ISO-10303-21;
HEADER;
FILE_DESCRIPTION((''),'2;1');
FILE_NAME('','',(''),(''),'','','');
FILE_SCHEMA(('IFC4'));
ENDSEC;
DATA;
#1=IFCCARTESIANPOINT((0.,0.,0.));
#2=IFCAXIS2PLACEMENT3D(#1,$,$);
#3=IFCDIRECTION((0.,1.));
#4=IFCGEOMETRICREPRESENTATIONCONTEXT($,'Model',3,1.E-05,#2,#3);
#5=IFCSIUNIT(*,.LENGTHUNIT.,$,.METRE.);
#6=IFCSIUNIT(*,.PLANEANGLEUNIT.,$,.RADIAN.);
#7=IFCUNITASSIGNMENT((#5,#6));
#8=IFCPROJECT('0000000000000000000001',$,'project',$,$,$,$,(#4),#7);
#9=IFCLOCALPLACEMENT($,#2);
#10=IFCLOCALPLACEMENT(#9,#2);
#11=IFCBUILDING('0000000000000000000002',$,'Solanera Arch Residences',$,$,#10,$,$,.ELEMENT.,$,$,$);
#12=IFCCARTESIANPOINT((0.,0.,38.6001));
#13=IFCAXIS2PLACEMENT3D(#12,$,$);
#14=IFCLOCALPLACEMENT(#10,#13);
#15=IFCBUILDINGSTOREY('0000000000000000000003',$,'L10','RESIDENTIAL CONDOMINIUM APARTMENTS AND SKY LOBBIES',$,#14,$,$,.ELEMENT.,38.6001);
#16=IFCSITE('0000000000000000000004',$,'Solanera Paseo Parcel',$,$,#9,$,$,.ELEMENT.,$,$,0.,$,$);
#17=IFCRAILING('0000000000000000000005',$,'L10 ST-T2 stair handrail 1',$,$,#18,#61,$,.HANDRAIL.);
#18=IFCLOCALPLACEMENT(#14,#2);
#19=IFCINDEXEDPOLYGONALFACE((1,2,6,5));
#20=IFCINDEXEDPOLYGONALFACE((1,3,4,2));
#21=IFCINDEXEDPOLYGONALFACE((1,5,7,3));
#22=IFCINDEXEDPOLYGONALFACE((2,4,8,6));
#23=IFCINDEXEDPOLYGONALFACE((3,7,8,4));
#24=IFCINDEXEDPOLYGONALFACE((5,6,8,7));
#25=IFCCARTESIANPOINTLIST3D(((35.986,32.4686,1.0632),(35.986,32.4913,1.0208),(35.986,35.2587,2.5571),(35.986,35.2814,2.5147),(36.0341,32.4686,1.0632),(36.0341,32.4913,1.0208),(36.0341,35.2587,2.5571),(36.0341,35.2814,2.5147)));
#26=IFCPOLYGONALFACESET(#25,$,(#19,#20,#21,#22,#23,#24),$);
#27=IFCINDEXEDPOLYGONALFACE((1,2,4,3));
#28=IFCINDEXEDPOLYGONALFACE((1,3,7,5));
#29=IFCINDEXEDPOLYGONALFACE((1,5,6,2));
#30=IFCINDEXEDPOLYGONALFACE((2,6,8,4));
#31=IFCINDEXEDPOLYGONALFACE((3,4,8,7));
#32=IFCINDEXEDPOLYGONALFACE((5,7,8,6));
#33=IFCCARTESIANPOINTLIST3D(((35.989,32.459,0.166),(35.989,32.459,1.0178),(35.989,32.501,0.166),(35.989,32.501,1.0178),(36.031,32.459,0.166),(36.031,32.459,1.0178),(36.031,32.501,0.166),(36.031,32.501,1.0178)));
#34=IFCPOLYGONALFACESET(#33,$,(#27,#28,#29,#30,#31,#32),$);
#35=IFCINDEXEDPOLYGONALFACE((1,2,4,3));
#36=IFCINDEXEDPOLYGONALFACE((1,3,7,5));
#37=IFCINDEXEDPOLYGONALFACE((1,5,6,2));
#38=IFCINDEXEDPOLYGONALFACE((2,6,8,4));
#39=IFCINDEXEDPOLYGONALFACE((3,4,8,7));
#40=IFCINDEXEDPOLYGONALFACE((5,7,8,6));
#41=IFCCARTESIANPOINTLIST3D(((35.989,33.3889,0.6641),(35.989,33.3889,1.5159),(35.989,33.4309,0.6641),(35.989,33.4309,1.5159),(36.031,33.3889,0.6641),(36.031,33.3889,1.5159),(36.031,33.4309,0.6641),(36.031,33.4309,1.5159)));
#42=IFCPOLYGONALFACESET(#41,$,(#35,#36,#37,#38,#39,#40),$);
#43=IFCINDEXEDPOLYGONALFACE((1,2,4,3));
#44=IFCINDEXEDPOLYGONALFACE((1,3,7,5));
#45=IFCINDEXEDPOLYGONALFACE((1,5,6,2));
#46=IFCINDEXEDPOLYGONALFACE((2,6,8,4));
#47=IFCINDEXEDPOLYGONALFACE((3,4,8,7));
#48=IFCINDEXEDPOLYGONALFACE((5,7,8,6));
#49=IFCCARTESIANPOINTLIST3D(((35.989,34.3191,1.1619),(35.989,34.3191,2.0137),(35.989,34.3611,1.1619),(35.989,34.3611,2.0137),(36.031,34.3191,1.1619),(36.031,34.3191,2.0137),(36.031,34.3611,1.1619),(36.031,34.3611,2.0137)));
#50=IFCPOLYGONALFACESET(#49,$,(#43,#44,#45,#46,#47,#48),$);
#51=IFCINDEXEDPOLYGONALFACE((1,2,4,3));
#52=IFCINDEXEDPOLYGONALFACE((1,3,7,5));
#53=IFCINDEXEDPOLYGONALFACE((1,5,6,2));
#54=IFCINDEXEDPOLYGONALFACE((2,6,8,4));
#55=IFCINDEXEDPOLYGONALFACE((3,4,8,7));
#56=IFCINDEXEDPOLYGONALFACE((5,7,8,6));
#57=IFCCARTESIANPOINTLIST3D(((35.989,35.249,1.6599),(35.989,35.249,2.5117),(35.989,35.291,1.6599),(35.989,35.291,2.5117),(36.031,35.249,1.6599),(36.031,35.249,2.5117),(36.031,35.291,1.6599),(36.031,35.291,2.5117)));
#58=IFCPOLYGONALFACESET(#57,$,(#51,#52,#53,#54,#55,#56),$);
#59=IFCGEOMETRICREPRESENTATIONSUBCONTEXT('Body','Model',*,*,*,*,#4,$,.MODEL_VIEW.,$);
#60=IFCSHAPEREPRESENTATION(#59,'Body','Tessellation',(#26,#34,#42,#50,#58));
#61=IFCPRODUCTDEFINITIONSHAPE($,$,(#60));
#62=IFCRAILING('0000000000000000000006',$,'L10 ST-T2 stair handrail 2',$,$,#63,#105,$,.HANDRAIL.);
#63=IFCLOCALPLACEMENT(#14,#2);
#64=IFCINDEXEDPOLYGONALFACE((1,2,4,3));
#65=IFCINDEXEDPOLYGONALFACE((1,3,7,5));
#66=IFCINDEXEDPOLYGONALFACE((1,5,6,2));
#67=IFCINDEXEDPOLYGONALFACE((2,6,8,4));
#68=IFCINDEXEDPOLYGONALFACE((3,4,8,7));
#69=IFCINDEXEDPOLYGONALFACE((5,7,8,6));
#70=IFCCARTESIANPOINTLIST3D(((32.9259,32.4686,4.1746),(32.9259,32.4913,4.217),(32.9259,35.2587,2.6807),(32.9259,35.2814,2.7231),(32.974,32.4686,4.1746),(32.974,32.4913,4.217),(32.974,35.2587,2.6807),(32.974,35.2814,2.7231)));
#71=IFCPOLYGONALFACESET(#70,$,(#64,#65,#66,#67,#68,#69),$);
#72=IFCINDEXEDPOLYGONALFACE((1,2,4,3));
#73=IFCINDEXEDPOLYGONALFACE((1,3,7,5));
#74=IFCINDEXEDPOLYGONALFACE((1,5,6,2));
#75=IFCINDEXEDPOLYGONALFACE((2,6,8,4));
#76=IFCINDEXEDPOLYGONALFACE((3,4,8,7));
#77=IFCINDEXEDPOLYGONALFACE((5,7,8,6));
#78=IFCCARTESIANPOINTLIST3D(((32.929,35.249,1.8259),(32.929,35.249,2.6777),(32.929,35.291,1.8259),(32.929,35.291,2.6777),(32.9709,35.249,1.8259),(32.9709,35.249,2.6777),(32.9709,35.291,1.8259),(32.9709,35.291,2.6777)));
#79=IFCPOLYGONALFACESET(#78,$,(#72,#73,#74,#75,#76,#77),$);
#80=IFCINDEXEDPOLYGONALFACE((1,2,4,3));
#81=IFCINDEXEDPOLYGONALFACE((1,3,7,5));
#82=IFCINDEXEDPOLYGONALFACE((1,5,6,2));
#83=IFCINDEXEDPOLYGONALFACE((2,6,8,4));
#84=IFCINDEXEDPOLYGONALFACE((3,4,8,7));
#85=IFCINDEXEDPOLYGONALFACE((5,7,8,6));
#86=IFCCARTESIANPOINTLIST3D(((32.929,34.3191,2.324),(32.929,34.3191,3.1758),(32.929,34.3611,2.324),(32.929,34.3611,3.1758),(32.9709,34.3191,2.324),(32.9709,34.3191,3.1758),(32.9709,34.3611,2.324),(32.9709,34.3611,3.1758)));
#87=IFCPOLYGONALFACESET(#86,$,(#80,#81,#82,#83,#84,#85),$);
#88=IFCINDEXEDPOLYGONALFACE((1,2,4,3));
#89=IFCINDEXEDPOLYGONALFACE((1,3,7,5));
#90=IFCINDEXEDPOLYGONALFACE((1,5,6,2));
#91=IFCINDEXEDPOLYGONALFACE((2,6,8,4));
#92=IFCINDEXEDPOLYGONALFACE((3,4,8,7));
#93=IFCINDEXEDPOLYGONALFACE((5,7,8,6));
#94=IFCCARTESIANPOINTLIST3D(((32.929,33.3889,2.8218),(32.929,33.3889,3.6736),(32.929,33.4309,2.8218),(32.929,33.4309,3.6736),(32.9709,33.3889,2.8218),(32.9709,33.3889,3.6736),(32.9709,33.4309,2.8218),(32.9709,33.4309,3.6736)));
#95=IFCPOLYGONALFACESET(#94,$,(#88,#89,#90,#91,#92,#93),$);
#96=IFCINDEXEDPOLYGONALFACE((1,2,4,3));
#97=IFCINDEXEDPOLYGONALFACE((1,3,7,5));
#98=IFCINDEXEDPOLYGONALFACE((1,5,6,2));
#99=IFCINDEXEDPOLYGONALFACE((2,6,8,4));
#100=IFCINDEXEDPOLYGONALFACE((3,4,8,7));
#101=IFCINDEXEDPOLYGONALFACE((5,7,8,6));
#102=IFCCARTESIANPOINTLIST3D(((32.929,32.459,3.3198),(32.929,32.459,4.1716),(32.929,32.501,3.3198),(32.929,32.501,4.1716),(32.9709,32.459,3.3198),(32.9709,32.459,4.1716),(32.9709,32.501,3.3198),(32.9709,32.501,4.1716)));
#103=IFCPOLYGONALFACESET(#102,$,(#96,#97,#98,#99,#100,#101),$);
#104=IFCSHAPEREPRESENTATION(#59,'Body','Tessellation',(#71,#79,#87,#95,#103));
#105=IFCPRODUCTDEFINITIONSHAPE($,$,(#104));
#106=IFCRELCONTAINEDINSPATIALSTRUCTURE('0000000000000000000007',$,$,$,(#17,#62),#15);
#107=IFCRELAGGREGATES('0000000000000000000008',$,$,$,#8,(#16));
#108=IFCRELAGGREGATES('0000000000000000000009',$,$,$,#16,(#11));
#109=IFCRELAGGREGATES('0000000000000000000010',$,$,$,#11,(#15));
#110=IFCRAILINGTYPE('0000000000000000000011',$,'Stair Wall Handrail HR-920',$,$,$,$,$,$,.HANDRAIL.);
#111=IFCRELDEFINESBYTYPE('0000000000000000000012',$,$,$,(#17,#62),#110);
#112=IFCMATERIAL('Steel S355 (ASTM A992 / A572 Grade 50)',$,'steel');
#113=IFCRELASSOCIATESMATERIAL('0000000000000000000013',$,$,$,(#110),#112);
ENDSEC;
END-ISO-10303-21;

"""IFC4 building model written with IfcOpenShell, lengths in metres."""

from ifc_helpers import new_model, si_unit, direction, frame, origin, origin_2d, place, context, subcontext, project, spatial, rectangle, extrude, material, type_object, element, save


model = new_model("IFC4")

# Units and contexts
model_context = context("Model", 3, precision=1e-05, world=origin(), true_north=direction((0.0, 1.0)))
body_context = subcontext(model_context, "Body", "Model", "MODEL_VIEW")
ifc_project = project(units=[si_unit("LENGTHUNIT", "METRE"), si_unit("PLANEANGLEUNIT", "RADIAN")], contexts=[model_context])

# Site, building, storey
site_placement = place(None, origin())
site = spatial("IfcSite", under=ifc_project, at=site_placement, Name="Solanera Paseo Parcel", CompositionType="ELEMENT", RefElevation=0.0)
building_placement = place(site_placement, origin())
building = spatial("IfcBuilding", under=site, at=building_placement, Name="Solanera Arch Residences", CompositionType="ELEMENT")
storey_placement = place(building_placement, frame((0.0, 0.0, 38.6001)))
storey = spatial("IfcBuildingStorey", under=building, at=storey_placement, Name="L10", Description="RESIDENTIAL CONDOMINIUM APARTMENTS AND SKY LOBBIES", CompositionType="ELEMENT", Elevation=38.6001)

# Railings
ifc_material_1 = material(Name="Steel S355 (ASTM A992 / A572 Grade 50)", Category="steel")
railing_type_1 = type_object("IfcRailingType", Name="Stair Wall Handrail HR-920", PredefinedType="HANDRAIL", material=ifc_material_1)
railing_1_placement = place(storey_placement, frame((36.01, 32.48, 0.166)))
element("IfcRailing", 1, at=railing_1_placement, inside=storey, type_object=railing_type_1, Name="L10 ST-T2 stair handrail 1", PredefinedType="HANDRAIL", context=body_context, shape_type="SweptSolid", body=[
    extrude(rectangle(XDim=0.0481, YDim=0.0481, at=origin_2d()), frame((0.0, 0.0, 0.876), z_axis=(0.0, 0.881581, 0.472033), x_axis=(-1.0, 0.0, 0.0)), (0.0, 0.0, 1.0), 3.1648),
    extrude(rectangle(XDim=0.042, YDim=0.042, at=origin_2d()), origin(), (0.0, 0.0, 1.0), 0.8518),
    extrude(rectangle(XDim=0.042, YDim=0.042, at=origin_2d()), frame((0.0, 0.9299, 0.498)), (0.0, 0.0, 1.0), 0.8518),
    extrude(rectangle(XDim=0.042, YDim=0.042, at=origin_2d()), frame((0.0, 1.8601, 0.9958)), (0.0, 0.0, 1.0), 0.8518),
    extrude(rectangle(XDim=0.042, YDim=0.042, at=origin_2d()), frame((0.0, 2.79, 1.4939)), (0.0, 0.0, 1.0), 0.8518),
])
railing_2_placement = place(storey_placement, frame((32.95, 35.27, 1.8259)))
element("IfcRailing", 2, at=railing_2_placement, inside=storey, type_object=railing_type_1, Name="L10 ST-T2 stair handrail 2", PredefinedType="HANDRAIL", context=body_context, shape_type="SweptSolid", body=[
    extrude(rectangle(XDim=0.0481, YDim=0.0481, at=origin_2d()), frame((0.0, 0.0, 0.876), z_axis=(0.0, -0.881581, 0.472033), x_axis=(1.0, 0.0, 0.0)), (0.0, 0.0, 1.0), 3.1648),
    extrude(rectangle(XDim=0.042, YDim=0.042, at=origin_2d()), origin(), (0.0, 0.0, 1.0), 0.8518),
    extrude(rectangle(XDim=0.042, YDim=0.042, at=origin_2d()), frame((0.0, -0.9299, 0.498)), (0.0, 0.0, 1.0), 0.8518),
    extrude(rectangle(XDim=0.042, YDim=0.042, at=origin_2d()), frame((0.0, -1.8601, 0.9958)), (0.0, 0.0, 1.0), 0.8518),
    extrude(rectangle(XDim=0.042, YDim=0.042, at=origin_2d()), frame((0.0, -2.79, 1.4939)), (0.0, 0.0, 1.0), 0.8518),
])

save(model, "model.ifc")
